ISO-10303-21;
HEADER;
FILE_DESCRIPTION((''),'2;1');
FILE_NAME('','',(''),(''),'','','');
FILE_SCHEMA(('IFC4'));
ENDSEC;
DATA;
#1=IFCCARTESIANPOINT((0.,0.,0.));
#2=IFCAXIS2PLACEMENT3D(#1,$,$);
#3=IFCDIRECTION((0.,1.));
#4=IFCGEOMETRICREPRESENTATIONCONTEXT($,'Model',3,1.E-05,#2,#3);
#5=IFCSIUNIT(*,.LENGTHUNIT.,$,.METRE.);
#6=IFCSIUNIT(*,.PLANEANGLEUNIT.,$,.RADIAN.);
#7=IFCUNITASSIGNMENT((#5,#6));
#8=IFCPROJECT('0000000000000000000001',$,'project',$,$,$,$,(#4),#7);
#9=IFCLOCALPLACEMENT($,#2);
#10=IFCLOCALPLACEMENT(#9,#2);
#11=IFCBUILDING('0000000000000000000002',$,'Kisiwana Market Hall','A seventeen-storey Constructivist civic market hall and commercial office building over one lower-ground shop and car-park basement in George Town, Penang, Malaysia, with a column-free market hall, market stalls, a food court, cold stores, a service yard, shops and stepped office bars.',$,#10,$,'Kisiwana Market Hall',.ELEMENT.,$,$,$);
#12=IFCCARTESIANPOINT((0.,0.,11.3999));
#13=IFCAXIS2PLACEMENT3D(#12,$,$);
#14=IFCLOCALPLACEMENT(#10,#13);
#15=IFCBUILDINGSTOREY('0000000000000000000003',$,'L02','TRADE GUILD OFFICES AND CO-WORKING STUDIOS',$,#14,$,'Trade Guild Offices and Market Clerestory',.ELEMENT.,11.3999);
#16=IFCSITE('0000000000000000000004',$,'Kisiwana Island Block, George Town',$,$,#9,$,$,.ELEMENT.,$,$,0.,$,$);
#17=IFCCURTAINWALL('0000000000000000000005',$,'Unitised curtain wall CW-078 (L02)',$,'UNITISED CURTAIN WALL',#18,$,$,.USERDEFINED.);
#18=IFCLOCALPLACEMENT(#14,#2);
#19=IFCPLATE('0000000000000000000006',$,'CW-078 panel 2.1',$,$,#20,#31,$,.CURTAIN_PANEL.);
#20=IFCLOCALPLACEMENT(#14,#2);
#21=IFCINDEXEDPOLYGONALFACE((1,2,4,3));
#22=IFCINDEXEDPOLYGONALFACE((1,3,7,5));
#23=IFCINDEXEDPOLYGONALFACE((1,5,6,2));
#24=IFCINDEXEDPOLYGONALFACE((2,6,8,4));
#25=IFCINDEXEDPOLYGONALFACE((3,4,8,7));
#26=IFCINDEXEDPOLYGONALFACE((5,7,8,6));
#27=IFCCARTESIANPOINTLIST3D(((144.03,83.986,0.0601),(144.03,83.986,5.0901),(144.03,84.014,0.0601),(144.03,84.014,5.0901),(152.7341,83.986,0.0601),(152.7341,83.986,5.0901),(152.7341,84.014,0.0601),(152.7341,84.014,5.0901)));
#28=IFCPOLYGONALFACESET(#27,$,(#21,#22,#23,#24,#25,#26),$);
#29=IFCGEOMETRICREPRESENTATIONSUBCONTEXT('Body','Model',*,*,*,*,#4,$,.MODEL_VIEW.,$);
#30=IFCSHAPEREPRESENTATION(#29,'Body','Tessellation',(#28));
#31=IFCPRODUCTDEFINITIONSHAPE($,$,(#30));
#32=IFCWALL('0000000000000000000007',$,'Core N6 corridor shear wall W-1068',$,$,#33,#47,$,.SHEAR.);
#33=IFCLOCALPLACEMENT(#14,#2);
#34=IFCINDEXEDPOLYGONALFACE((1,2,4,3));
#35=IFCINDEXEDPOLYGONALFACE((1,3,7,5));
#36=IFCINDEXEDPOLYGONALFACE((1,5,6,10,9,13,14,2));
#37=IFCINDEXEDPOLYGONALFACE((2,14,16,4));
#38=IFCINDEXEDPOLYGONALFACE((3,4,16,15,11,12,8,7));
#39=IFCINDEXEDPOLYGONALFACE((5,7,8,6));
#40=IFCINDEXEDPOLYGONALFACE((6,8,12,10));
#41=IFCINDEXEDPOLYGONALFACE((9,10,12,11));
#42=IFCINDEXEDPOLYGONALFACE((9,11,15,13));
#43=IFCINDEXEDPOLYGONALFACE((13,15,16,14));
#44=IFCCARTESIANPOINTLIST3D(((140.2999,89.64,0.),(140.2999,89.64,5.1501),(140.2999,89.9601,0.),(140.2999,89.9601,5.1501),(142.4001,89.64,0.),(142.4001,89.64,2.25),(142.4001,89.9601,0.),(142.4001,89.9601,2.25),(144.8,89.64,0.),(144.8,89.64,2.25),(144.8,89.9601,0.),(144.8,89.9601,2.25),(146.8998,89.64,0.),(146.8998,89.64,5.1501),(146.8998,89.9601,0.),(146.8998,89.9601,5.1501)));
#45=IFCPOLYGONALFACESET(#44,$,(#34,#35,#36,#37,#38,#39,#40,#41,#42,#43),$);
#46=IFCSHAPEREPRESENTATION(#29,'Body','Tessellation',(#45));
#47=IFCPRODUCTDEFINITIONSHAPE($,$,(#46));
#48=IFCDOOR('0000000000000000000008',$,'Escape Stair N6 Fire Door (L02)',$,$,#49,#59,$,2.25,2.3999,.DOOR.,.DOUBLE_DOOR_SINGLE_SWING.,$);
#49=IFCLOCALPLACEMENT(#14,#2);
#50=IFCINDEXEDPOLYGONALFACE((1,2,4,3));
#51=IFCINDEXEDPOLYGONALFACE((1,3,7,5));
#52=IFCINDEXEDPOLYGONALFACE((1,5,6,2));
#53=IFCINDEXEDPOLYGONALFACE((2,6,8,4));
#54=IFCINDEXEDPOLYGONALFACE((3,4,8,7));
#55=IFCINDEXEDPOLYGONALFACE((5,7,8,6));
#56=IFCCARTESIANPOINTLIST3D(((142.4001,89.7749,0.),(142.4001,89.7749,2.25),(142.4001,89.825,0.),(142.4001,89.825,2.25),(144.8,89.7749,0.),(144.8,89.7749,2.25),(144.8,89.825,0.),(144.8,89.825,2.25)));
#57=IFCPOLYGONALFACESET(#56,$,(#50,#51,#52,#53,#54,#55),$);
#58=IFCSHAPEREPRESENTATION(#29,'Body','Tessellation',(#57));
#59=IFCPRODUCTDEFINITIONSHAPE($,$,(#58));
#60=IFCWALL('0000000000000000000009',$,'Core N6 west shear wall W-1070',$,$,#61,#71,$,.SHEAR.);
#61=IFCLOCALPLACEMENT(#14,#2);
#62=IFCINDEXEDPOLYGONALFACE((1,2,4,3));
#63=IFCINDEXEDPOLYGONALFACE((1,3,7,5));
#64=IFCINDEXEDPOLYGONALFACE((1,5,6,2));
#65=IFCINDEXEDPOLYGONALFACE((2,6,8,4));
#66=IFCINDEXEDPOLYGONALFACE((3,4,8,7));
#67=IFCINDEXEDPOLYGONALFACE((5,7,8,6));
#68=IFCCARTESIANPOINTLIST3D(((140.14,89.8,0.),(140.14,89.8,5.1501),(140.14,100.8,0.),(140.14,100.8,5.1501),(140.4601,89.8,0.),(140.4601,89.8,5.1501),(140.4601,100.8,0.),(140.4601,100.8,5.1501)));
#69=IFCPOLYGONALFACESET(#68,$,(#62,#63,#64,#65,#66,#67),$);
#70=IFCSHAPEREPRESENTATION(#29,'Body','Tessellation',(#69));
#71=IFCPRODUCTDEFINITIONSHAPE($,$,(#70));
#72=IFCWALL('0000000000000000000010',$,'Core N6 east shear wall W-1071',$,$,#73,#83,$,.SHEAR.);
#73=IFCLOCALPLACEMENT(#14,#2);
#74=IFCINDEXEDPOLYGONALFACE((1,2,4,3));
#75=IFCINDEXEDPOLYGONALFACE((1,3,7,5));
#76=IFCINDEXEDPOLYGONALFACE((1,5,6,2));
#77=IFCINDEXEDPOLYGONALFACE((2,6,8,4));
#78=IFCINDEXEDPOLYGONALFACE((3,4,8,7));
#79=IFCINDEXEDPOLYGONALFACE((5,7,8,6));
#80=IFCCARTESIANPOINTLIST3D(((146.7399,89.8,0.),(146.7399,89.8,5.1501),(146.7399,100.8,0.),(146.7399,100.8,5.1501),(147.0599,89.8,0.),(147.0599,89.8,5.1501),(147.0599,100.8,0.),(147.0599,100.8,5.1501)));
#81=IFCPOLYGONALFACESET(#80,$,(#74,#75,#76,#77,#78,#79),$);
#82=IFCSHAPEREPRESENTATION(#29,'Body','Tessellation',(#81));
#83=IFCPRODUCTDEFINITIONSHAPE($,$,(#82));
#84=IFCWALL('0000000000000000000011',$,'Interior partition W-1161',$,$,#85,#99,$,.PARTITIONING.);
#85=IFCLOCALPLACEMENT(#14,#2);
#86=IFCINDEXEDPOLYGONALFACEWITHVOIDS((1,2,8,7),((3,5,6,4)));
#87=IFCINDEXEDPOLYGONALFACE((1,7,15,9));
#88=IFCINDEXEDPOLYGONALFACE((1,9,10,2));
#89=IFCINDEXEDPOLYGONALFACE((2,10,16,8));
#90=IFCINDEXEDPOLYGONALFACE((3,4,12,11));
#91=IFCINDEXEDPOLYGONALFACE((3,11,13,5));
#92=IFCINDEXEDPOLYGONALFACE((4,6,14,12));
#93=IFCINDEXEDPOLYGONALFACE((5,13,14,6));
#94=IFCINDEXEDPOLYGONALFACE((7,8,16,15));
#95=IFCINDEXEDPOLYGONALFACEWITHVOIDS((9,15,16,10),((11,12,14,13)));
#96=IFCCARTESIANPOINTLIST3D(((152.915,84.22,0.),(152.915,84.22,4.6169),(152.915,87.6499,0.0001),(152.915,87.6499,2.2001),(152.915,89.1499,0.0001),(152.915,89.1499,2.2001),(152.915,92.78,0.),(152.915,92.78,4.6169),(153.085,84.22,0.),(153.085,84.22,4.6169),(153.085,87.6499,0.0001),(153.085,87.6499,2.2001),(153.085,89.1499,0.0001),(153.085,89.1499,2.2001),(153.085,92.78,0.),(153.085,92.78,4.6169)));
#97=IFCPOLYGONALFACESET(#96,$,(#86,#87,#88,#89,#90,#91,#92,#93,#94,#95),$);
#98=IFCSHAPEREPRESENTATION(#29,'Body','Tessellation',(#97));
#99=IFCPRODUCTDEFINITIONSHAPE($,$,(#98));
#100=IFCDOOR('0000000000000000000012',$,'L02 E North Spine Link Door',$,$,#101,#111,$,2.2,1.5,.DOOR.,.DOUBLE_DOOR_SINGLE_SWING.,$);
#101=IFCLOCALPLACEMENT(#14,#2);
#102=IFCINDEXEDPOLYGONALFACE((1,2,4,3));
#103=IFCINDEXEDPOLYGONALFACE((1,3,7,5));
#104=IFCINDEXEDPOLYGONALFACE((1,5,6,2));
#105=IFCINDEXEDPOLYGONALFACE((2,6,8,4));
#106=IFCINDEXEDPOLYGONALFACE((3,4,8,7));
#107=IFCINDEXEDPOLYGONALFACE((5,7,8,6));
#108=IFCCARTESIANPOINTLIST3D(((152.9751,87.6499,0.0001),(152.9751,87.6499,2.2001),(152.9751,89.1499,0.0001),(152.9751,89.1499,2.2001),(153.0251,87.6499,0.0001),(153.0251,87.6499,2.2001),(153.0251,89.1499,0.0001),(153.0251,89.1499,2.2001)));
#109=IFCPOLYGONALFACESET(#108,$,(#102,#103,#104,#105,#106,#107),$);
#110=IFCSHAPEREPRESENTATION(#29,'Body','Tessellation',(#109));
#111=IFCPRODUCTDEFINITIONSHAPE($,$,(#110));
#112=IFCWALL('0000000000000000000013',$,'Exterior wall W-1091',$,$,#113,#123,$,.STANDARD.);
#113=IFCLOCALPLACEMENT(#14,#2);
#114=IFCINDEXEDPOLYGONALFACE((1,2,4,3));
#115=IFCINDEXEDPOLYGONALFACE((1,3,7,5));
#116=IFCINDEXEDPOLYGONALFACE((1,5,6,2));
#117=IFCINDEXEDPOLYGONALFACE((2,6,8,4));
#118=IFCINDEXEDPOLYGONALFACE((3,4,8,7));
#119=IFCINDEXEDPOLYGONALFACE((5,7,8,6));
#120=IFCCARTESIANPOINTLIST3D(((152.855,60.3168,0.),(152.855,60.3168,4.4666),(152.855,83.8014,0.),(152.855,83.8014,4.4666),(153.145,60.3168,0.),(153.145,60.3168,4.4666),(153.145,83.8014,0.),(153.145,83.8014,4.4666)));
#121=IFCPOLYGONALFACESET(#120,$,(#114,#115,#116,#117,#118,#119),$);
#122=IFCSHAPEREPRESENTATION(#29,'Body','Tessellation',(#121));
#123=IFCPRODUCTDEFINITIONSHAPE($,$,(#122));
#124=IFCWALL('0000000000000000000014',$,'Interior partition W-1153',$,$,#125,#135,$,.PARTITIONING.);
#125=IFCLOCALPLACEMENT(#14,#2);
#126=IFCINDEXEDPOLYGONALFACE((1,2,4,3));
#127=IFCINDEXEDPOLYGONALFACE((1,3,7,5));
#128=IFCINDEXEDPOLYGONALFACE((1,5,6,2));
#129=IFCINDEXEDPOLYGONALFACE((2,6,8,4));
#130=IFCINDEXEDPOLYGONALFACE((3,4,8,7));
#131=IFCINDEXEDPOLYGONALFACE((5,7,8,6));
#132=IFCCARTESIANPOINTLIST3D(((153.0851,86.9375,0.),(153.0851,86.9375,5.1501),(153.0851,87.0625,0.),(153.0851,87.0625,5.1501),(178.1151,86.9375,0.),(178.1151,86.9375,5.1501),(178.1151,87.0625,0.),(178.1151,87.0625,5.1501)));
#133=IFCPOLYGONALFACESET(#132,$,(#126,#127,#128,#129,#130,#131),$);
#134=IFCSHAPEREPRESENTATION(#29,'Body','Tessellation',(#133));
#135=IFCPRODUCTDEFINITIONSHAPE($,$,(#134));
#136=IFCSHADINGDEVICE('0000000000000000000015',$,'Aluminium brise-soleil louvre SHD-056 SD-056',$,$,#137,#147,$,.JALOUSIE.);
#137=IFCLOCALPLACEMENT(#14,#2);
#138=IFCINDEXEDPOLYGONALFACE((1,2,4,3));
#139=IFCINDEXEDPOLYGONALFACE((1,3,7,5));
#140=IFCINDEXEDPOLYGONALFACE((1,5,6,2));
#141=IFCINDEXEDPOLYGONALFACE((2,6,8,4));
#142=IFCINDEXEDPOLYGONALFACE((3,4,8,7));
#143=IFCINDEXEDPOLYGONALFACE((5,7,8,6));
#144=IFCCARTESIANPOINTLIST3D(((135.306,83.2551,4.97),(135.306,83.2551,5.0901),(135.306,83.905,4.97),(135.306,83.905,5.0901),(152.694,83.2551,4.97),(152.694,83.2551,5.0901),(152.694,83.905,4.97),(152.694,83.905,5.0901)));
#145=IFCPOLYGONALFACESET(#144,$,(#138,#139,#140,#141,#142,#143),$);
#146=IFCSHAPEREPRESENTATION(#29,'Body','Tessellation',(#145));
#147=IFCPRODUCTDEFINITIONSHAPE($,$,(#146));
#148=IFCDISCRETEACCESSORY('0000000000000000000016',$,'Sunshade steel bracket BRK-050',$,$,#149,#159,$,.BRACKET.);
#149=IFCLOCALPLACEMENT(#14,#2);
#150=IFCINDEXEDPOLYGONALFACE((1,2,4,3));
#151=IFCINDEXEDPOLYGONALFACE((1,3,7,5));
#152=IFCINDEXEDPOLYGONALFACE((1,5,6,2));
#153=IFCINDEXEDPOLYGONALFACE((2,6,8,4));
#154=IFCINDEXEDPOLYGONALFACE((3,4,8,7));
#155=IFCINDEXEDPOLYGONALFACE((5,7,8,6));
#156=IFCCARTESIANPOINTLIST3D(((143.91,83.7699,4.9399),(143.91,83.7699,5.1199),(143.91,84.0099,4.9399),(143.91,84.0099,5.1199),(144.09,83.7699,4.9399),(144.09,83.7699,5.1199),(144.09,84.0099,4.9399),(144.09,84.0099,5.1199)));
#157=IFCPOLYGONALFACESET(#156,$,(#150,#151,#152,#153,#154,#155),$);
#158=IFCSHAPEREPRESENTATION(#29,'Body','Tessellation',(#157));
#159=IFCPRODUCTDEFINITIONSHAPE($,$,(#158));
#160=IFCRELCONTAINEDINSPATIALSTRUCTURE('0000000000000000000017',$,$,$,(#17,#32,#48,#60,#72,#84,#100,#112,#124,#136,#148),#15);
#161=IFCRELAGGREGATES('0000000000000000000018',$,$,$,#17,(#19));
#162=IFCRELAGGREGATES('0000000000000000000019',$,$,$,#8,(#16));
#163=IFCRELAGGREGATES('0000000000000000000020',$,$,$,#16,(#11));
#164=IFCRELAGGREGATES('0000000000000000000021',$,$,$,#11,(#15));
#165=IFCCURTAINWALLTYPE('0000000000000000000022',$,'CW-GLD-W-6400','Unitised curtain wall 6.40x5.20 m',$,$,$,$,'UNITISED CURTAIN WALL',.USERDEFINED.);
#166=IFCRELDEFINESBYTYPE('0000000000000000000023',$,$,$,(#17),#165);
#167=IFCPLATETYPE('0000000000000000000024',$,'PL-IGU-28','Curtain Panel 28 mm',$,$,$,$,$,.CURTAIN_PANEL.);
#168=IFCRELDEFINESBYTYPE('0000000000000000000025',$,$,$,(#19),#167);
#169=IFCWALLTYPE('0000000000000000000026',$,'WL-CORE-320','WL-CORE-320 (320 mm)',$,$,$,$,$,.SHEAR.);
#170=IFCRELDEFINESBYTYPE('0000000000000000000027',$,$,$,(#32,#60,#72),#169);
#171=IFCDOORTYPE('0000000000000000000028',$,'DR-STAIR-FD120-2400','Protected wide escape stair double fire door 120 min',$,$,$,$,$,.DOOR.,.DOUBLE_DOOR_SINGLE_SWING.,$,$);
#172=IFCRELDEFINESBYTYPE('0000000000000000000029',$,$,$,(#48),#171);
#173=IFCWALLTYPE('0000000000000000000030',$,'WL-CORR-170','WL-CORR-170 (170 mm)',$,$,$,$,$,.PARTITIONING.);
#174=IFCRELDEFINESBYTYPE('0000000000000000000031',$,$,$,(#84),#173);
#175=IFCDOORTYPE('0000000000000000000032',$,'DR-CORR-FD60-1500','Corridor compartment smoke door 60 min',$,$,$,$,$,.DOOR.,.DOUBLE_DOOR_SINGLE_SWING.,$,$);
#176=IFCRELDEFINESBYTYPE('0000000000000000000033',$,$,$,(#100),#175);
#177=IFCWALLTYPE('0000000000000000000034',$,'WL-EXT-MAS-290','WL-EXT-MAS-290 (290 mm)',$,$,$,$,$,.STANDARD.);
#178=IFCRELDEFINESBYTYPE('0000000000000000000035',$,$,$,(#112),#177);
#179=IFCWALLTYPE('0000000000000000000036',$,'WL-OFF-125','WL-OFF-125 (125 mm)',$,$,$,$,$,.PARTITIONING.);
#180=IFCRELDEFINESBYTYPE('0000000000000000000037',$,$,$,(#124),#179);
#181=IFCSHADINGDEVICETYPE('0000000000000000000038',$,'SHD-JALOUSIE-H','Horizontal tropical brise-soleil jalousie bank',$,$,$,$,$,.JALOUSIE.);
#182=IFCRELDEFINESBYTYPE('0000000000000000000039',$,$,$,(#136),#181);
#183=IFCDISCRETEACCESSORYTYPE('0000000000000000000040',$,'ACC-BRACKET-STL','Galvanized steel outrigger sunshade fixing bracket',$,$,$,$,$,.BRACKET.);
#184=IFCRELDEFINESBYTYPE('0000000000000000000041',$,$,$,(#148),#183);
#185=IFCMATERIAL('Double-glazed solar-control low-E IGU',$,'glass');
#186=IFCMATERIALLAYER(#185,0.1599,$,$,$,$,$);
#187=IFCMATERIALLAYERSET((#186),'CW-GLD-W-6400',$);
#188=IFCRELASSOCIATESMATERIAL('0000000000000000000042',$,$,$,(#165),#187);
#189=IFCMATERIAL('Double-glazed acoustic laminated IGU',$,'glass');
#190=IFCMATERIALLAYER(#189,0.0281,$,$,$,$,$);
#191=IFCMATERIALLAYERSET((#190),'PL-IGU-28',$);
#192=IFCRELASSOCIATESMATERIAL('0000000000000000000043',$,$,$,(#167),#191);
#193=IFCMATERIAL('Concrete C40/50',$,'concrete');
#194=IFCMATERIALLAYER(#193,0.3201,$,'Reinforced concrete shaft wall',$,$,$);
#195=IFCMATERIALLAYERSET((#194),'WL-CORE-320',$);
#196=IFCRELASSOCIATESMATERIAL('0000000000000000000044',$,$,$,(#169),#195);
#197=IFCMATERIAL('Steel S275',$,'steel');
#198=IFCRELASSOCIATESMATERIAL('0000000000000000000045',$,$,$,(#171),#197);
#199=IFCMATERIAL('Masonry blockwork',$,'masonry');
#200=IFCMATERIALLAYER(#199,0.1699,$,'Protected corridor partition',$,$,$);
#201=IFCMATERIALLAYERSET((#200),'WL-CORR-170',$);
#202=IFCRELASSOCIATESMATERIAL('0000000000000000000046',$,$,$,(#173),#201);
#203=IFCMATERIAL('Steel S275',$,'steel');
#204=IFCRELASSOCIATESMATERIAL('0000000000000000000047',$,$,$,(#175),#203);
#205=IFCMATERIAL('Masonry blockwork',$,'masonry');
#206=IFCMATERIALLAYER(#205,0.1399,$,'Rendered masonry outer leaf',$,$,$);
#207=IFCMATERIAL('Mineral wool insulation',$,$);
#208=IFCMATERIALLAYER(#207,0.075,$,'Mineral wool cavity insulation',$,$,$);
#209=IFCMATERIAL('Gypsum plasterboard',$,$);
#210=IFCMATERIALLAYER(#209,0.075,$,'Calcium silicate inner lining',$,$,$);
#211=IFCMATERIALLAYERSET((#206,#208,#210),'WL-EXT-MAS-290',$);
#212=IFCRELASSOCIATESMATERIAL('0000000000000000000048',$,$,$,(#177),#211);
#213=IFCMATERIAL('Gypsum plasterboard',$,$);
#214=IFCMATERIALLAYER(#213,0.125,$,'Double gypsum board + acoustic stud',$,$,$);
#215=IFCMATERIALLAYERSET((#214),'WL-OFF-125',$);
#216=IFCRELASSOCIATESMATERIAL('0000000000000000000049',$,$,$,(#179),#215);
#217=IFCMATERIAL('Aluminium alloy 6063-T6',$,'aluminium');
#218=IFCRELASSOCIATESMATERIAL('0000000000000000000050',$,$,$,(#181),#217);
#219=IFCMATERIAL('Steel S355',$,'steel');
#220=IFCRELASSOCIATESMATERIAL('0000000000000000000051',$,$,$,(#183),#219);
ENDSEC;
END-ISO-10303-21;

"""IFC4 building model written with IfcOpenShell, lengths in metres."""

from ifc_helpers import new_model, si_unit, direction, frame, frame_2d, origin, origin_2d, place, context, subcontext, project, spatial, rectangle, extrude, material, layer, layer_set, type_object, element, fill, aggregate, save


model = new_model("IFC4")

# Units and contexts
model_context = context("Model", 3, precision=1e-05, world=origin(), true_north=direction((0.0, 1.0)))
body_context = subcontext(model_context, "Body", "Model", "MODEL_VIEW")
ifc_project = project(units=[si_unit("LENGTHUNIT", "METRE"), si_unit("PLANEANGLEUNIT", "RADIAN")], contexts=[model_context])

# Site, building, storey
site_placement = place(None, origin())
site = spatial("IfcSite", under=ifc_project, at=site_placement, Name="Kisiwana Island Block, George Town", CompositionType="ELEMENT", RefElevation=0.0)
building_placement = place(site_placement, origin())
building = spatial("IfcBuilding", under=site, at=building_placement, Name="Kisiwana Market Hall", Description="A seventeen-storey Constructivist civic market hall and commercial office building over one lower-ground shop and car-park basement in George Town, Penang, Malaysia, with a column-free market hall, market stalls, a food court, cold stores, a service yard, shops and stepped office bars.", LongName="Kisiwana Market Hall", CompositionType="ELEMENT")
storey_placement = place(building_placement, frame((0.0, 0.0, 11.3999)))
storey = spatial("IfcBuildingStorey", under=building, at=storey_placement, Name="L02", Description="TRADE GUILD OFFICES AND CO-WORKING STUDIOS", LongName="Trade Guild Offices and Market Clerestory", CompositionType="ELEMENT", Elevation=11.3999)

# Curtain wall, plate
ifc_material_1 = material(Name="Double-glazed solar-control low-E IGU", Category="glass")
ifc_layer_1 = layer(ifc_material_1, 0.1599)
ifc_layer_set_1 = layer_set([ifc_layer_1], Name="CW-GLD-W-6400")
curtain_wall_type = type_object("IfcCurtainWallType", Name="CW-GLD-W-6400", Description="Unitised curtain wall 6.40x5.20 m", ElementType="UNITISED CURTAIN WALL", PredefinedType="USERDEFINED", material=ifc_layer_set_1)
curtain_wall_placement = place(storey_placement, origin())
curtain_wall = element("IfcCurtainWall", 1, at=curtain_wall_placement, inside=storey, type_object=curtain_wall_type, Name="Unitised curtain wall CW-078 (L02)", ObjectType="UNITISED CURTAIN WALL", PredefinedType="USERDEFINED")
ifc_material_2 = material(Name="Double-glazed acoustic laminated IGU", Category="glass")
ifc_layer_2 = layer(ifc_material_2, 0.0281)
ifc_layer_set_2 = layer_set([ifc_layer_2], Name="PL-IGU-28")
plate_type = type_object("IfcPlateType", Name="PL-IGU-28", Description="Curtain Panel 28 mm", PredefinedType="CURTAIN_PANEL", material=ifc_layer_set_2)
plate_1_placement = place(storey_placement, frame((148.3821, 84.0, 0.0601), z_axis=(0.0, 0.0, 1.0), x_axis=(1.0, 0.0, 0.0)))
plate_1 = element("IfcPlate", 2, at=plate_1_placement, type_object=plate_type, Name="CW-078 panel 2.1", PredefinedType="CURTAIN_PANEL", context=body_context, shape_type="SweptSolid", body=[
    extrude(rectangle(XDim=8.7041, YDim=0.0281, at=origin_2d()), origin(), (0.0, 0.0, 1.0), 5.03),
])
aggregate(curtain_wall, [plate_1])

# Wall, opening, door
ifc_material_3 = material(Name="Concrete C40/50", Category="concrete")
ifc_layer_3 = layer(ifc_material_3, 0.3201, Name="Reinforced concrete shaft wall")
ifc_layer_set_3 = layer_set([ifc_layer_3], Name="WL-CORE-320")
wall_type_1 = type_object("IfcWallType", Name="WL-CORE-320", Description="WL-CORE-320 (320 mm)", PredefinedType="SHEAR", material=ifc_layer_set_3)
wall_1_placement = place(storey_placement, frame((140.3, 89.8, 0.0), z_axis=(0.0, 0.0, 1.0), x_axis=(1.0, 0.0, 0.0)))
wall_1 = element("IfcWall", 3, at=wall_1_placement, inside=storey, type_object=wall_type_1, Name="Core N6 corridor shear wall W-1068", PredefinedType="SHEAR", context=body_context, shape_type="SweptSolid", body=[
    extrude(rectangle(XDim=6.5999, YDim=0.3201, at=frame_2d((3.2998, 0.0))), origin(), (0.0, 0.0, 1.0), 5.1501),
])
opening_1_placement = place(wall_1_placement, frame((2.1001, 0.0, 0.0)))
opening_1 = element("IfcOpeningElement", 4, at=opening_1_placement, cuts=wall_1, PredefinedType="OPENING", context=body_context, shape_type="SweptSolid", body=[
    extrude(rectangle(XDim=2.3999, YDim=2.25, at=frame_2d((1.2, 1.125))), frame((0.0, 0.1719, 0.0), z_axis=(0.0, -1.0, 0.0), x_axis=(1.0, 0.0, 0.0)), (0.0, 0.0, 1.0), 0.344),
])
ifc_material_4 = material(Name="Steel S275", Category="steel")
door_type_1 = type_object("IfcDoorType", Name="DR-STAIR-FD120-2400", Description="Protected wide escape stair double fire door 120 min", OperationType="DOUBLE_DOOR_SINGLE_SWING", PredefinedType="DOOR", material=ifc_material_4)
door_1_placement = place(opening_1_placement, origin())
door_1 = element("IfcDoor", 5, at=door_1_placement, inside=storey, type_object=door_type_1, Name="Escape Stair N6 Fire Door (L02)", OperationType="DOUBLE_DOOR_SINGLE_SWING", OverallHeight=2.25, OverallWidth=2.3999, PredefinedType="DOOR", context=body_context, shape_type="SweptSolid", body=[
    extrude(rectangle(XDim=2.3999, YDim=2.25, at=frame_2d((1.2, 1.125))), frame((0.0, 0.0249, 0.0), z_axis=(0.0, -1.0, 0.0), x_axis=(1.0, 0.0, 0.0)), (0.0, 0.0, 1.0), 0.05),
])
fill(opening_1, door_1)

# Walls
for number, where, z_axis, x_axis, name in (
    (6, (140.3, 89.8, 0.0), (0.0, 0.0, 1.0), (0.0, 1.0, 0.0), "Core N6 west shear wall W-1070"),
    (7, (146.8999, 89.8, 0.0), (0.0, 0.0, 1.0), (0.0, 1.0, 0.0), "Core N6 east shear wall W-1071"),
):
    element("IfcWall", number, at=place(storey_placement, frame(where, z_axis=z_axis, x_axis=x_axis)), inside=storey, type_object=wall_type_1, Name=name, PredefinedType="SHEAR", context=body_context, shape_type="SweptSolid", body=[
        extrude(rectangle(XDim=11.0, YDim=0.3201, at=frame_2d((5.5, 0.0))), origin(), (0.0, 0.0, 1.0), 5.1501),
    ])

# Wall, opening, door
ifc_material_5 = material(Name="Masonry blockwork", Category="masonry")
ifc_layer_4 = layer(ifc_material_5, 0.1699, Name="Protected corridor partition")
ifc_layer_set_4 = layer_set([ifc_layer_4], Name="WL-CORR-170")
wall_type_2 = type_object("IfcWallType", Name="WL-CORR-170", Description="WL-CORR-170 (170 mm)", PredefinedType="PARTITIONING", material=ifc_layer_set_4)
wall_2_placement = place(storey_placement, frame((153.0, 84.22, 0.0), z_axis=(0.0, 0.0, 1.0), x_axis=(0.0, 1.0, 0.0)))
wall_2 = element("IfcWall", 8, at=wall_2_placement, inside=storey, type_object=wall_type_2, Name="Interior partition W-1161", PredefinedType="PARTITIONING", context=body_context, shape_type="SweptSolid", body=[
    extrude(rectangle(XDim=8.5601, YDim=0.1699, at=frame_2d((4.28, 0.0))), origin(), (0.0, 0.0, 1.0), 4.6169),
])
opening_2_placement = place(wall_2_placement, frame((3.4299, 0.0, 0.0)))
opening_2 = element("IfcOpeningElement", 9, at=opening_2_placement, cuts=wall_2, PredefinedType="OPENING", context=body_context, shape_type="SweptSolid", body=[
    extrude(rectangle(XDim=1.5, YDim=2.2, at=frame_2d((0.75, 1.1001))), frame((0.0, 0.0969, 0.0), z_axis=(0.0, -1.0, 0.0), x_axis=(1.0, 0.0, 0.0)), (0.0, 0.0, 1.0), 0.1938),
])
ifc_material_6 = material(Name="Steel S275", Category="steel")
door_type_2 = type_object("IfcDoorType", Name="DR-CORR-FD60-1500", Description="Corridor compartment smoke door 60 min", OperationType="DOUBLE_DOOR_SINGLE_SWING", PredefinedType="DOOR", material=ifc_material_6)
door_2_placement = place(opening_2_placement, origin())
door_2 = element("IfcDoor", 10, at=door_2_placement, inside=storey, type_object=door_type_2, Name="L02 E North Spine Link Door", OperationType="DOUBLE_DOOR_SINGLE_SWING", OverallHeight=2.2, OverallWidth=1.5, PredefinedType="DOOR", context=body_context, shape_type="SweptSolid", body=[
    extrude(rectangle(XDim=1.5, YDim=2.2, at=frame_2d((0.75, 1.1001))), frame((0.0, 0.0249, 0.0), z_axis=(0.0, -1.0, 0.0), x_axis=(1.0, 0.0, 0.0)), (0.0, 0.0, 1.0), 0.05),
])
fill(opening_2, door_2)

# Walls
ifc_material_7 = material(Name="Masonry blockwork", Category="masonry")
ifc_layer_5 = layer(ifc_material_7, 0.1399, Name="Rendered masonry outer leaf")
ifc_material_8 = material(Name="Mineral wool insulation")
ifc_layer_6 = layer(ifc_material_8, 0.075, Name="Mineral wool cavity insulation")
ifc_material_9 = material(Name="Gypsum plasterboard")
ifc_layer_7 = layer(ifc_material_9, 0.075, Name="Calcium silicate inner lining")
ifc_layer_set_5 = layer_set([ifc_layer_5, ifc_layer_6, ifc_layer_7], Name="WL-EXT-MAS-290")
wall_type_3 = type_object("IfcWallType", Name="WL-EXT-MAS-290", Description="WL-EXT-MAS-290 (290 mm)", PredefinedType="STANDARD", material=ifc_layer_set_5)
wall_3_placement = place(storey_placement, frame((153.0, 60.3169, 0.0), z_axis=(0.0, 0.0, 1.0), x_axis=(0.0, 1.0, 0.0)))
element("IfcWall", 11, at=wall_3_placement, inside=storey, type_object=wall_type_3, Name="Exterior wall W-1091", PredefinedType="STANDARD", context=body_context, shape_type="SweptSolid", body=[
    extrude(rectangle(XDim=23.4846, YDim=0.29, at=frame_2d((11.7422, 0.0))), origin(), (0.0, 0.0, 1.0), 4.4666),
])
ifc_material_10 = material(Name="Gypsum plasterboard")
ifc_layer_8 = layer(ifc_material_10, 0.125, Name="Double gypsum board + acoustic stud")
ifc_layer_set_6 = layer_set([ifc_layer_8], Name="WL-OFF-125")
wall_type_4 = type_object("IfcWallType", Name="WL-OFF-125", Description="WL-OFF-125 (125 mm)", PredefinedType="PARTITIONING", material=ifc_layer_set_6)
wall_4_placement = place(storey_placement, frame((153.085, 87.0, 0.0), z_axis=(0.0, 0.0, 1.0), x_axis=(1.0, 0.0, 0.0)))
element("IfcWall", 12, at=wall_4_placement, inside=storey, type_object=wall_type_4, Name="Interior partition W-1153", PredefinedType="PARTITIONING", context=body_context, shape_type="SweptSolid", body=[
    extrude(rectangle(XDim=25.03, YDim=0.125, at=frame_2d((12.5151, 0.0))), origin(), (0.0, 0.0, 1.0), 5.1501),
])

# Shading device
ifc_material_11 = material(Name="Aluminium alloy 6063-T6", Category="aluminium")
shading_device_type = type_object("IfcShadingDeviceType", Name="SHD-JALOUSIE-H", Description="Horizontal tropical brise-soleil jalousie bank", PredefinedType="JALOUSIE", material=ifc_material_11)
shading_device_placement = place(storey_placement, frame((144.0, 83.5801, 4.97), z_axis=(0.0, 0.0, 1.0), x_axis=(1.0, 0.0, 0.0)))
element("IfcShadingDevice", 13, at=shading_device_placement, inside=storey, type_object=shading_device_type, Name="Aluminium brise-soleil louvre SHD-056 SD-056", PredefinedType="JALOUSIE", context=body_context, shape_type="SweptSolid", body=[
    extrude(rectangle(XDim=17.3879, YDim=0.6499, at=origin_2d()), origin(), (0.0, 0.0, 1.0), 0.1201),
])

# Discrete accessory
ifc_material_12 = material(Name="Steel S355", Category="steel")
discrete_accessory_type = type_object("IfcDiscreteAccessoryType", Name="ACC-BRACKET-STL", Description="Galvanized steel outrigger sunshade fixing bracket", PredefinedType="BRACKET", material=ifc_material_12)
discrete_accessory_placement = place(storey_placement, frame((144.0, 83.8899, 4.9399), z_axis=(0.0, 0.0, 1.0), x_axis=(1.0, 0.0, 0.0)))
element("IfcDiscreteAccessory", 14, at=discrete_accessory_placement, inside=storey, type_object=discrete_accessory_type, Name="Sunshade steel bracket BRK-050", PredefinedType="BRACKET", context=body_context, shape_type="SweptSolid", body=[
    extrude(rectangle(XDim=0.1799, YDim=0.24, at=origin_2d()), origin(), (0.0, 0.0, 1.0), 0.1799),
])

save(model, "model.ifc")
